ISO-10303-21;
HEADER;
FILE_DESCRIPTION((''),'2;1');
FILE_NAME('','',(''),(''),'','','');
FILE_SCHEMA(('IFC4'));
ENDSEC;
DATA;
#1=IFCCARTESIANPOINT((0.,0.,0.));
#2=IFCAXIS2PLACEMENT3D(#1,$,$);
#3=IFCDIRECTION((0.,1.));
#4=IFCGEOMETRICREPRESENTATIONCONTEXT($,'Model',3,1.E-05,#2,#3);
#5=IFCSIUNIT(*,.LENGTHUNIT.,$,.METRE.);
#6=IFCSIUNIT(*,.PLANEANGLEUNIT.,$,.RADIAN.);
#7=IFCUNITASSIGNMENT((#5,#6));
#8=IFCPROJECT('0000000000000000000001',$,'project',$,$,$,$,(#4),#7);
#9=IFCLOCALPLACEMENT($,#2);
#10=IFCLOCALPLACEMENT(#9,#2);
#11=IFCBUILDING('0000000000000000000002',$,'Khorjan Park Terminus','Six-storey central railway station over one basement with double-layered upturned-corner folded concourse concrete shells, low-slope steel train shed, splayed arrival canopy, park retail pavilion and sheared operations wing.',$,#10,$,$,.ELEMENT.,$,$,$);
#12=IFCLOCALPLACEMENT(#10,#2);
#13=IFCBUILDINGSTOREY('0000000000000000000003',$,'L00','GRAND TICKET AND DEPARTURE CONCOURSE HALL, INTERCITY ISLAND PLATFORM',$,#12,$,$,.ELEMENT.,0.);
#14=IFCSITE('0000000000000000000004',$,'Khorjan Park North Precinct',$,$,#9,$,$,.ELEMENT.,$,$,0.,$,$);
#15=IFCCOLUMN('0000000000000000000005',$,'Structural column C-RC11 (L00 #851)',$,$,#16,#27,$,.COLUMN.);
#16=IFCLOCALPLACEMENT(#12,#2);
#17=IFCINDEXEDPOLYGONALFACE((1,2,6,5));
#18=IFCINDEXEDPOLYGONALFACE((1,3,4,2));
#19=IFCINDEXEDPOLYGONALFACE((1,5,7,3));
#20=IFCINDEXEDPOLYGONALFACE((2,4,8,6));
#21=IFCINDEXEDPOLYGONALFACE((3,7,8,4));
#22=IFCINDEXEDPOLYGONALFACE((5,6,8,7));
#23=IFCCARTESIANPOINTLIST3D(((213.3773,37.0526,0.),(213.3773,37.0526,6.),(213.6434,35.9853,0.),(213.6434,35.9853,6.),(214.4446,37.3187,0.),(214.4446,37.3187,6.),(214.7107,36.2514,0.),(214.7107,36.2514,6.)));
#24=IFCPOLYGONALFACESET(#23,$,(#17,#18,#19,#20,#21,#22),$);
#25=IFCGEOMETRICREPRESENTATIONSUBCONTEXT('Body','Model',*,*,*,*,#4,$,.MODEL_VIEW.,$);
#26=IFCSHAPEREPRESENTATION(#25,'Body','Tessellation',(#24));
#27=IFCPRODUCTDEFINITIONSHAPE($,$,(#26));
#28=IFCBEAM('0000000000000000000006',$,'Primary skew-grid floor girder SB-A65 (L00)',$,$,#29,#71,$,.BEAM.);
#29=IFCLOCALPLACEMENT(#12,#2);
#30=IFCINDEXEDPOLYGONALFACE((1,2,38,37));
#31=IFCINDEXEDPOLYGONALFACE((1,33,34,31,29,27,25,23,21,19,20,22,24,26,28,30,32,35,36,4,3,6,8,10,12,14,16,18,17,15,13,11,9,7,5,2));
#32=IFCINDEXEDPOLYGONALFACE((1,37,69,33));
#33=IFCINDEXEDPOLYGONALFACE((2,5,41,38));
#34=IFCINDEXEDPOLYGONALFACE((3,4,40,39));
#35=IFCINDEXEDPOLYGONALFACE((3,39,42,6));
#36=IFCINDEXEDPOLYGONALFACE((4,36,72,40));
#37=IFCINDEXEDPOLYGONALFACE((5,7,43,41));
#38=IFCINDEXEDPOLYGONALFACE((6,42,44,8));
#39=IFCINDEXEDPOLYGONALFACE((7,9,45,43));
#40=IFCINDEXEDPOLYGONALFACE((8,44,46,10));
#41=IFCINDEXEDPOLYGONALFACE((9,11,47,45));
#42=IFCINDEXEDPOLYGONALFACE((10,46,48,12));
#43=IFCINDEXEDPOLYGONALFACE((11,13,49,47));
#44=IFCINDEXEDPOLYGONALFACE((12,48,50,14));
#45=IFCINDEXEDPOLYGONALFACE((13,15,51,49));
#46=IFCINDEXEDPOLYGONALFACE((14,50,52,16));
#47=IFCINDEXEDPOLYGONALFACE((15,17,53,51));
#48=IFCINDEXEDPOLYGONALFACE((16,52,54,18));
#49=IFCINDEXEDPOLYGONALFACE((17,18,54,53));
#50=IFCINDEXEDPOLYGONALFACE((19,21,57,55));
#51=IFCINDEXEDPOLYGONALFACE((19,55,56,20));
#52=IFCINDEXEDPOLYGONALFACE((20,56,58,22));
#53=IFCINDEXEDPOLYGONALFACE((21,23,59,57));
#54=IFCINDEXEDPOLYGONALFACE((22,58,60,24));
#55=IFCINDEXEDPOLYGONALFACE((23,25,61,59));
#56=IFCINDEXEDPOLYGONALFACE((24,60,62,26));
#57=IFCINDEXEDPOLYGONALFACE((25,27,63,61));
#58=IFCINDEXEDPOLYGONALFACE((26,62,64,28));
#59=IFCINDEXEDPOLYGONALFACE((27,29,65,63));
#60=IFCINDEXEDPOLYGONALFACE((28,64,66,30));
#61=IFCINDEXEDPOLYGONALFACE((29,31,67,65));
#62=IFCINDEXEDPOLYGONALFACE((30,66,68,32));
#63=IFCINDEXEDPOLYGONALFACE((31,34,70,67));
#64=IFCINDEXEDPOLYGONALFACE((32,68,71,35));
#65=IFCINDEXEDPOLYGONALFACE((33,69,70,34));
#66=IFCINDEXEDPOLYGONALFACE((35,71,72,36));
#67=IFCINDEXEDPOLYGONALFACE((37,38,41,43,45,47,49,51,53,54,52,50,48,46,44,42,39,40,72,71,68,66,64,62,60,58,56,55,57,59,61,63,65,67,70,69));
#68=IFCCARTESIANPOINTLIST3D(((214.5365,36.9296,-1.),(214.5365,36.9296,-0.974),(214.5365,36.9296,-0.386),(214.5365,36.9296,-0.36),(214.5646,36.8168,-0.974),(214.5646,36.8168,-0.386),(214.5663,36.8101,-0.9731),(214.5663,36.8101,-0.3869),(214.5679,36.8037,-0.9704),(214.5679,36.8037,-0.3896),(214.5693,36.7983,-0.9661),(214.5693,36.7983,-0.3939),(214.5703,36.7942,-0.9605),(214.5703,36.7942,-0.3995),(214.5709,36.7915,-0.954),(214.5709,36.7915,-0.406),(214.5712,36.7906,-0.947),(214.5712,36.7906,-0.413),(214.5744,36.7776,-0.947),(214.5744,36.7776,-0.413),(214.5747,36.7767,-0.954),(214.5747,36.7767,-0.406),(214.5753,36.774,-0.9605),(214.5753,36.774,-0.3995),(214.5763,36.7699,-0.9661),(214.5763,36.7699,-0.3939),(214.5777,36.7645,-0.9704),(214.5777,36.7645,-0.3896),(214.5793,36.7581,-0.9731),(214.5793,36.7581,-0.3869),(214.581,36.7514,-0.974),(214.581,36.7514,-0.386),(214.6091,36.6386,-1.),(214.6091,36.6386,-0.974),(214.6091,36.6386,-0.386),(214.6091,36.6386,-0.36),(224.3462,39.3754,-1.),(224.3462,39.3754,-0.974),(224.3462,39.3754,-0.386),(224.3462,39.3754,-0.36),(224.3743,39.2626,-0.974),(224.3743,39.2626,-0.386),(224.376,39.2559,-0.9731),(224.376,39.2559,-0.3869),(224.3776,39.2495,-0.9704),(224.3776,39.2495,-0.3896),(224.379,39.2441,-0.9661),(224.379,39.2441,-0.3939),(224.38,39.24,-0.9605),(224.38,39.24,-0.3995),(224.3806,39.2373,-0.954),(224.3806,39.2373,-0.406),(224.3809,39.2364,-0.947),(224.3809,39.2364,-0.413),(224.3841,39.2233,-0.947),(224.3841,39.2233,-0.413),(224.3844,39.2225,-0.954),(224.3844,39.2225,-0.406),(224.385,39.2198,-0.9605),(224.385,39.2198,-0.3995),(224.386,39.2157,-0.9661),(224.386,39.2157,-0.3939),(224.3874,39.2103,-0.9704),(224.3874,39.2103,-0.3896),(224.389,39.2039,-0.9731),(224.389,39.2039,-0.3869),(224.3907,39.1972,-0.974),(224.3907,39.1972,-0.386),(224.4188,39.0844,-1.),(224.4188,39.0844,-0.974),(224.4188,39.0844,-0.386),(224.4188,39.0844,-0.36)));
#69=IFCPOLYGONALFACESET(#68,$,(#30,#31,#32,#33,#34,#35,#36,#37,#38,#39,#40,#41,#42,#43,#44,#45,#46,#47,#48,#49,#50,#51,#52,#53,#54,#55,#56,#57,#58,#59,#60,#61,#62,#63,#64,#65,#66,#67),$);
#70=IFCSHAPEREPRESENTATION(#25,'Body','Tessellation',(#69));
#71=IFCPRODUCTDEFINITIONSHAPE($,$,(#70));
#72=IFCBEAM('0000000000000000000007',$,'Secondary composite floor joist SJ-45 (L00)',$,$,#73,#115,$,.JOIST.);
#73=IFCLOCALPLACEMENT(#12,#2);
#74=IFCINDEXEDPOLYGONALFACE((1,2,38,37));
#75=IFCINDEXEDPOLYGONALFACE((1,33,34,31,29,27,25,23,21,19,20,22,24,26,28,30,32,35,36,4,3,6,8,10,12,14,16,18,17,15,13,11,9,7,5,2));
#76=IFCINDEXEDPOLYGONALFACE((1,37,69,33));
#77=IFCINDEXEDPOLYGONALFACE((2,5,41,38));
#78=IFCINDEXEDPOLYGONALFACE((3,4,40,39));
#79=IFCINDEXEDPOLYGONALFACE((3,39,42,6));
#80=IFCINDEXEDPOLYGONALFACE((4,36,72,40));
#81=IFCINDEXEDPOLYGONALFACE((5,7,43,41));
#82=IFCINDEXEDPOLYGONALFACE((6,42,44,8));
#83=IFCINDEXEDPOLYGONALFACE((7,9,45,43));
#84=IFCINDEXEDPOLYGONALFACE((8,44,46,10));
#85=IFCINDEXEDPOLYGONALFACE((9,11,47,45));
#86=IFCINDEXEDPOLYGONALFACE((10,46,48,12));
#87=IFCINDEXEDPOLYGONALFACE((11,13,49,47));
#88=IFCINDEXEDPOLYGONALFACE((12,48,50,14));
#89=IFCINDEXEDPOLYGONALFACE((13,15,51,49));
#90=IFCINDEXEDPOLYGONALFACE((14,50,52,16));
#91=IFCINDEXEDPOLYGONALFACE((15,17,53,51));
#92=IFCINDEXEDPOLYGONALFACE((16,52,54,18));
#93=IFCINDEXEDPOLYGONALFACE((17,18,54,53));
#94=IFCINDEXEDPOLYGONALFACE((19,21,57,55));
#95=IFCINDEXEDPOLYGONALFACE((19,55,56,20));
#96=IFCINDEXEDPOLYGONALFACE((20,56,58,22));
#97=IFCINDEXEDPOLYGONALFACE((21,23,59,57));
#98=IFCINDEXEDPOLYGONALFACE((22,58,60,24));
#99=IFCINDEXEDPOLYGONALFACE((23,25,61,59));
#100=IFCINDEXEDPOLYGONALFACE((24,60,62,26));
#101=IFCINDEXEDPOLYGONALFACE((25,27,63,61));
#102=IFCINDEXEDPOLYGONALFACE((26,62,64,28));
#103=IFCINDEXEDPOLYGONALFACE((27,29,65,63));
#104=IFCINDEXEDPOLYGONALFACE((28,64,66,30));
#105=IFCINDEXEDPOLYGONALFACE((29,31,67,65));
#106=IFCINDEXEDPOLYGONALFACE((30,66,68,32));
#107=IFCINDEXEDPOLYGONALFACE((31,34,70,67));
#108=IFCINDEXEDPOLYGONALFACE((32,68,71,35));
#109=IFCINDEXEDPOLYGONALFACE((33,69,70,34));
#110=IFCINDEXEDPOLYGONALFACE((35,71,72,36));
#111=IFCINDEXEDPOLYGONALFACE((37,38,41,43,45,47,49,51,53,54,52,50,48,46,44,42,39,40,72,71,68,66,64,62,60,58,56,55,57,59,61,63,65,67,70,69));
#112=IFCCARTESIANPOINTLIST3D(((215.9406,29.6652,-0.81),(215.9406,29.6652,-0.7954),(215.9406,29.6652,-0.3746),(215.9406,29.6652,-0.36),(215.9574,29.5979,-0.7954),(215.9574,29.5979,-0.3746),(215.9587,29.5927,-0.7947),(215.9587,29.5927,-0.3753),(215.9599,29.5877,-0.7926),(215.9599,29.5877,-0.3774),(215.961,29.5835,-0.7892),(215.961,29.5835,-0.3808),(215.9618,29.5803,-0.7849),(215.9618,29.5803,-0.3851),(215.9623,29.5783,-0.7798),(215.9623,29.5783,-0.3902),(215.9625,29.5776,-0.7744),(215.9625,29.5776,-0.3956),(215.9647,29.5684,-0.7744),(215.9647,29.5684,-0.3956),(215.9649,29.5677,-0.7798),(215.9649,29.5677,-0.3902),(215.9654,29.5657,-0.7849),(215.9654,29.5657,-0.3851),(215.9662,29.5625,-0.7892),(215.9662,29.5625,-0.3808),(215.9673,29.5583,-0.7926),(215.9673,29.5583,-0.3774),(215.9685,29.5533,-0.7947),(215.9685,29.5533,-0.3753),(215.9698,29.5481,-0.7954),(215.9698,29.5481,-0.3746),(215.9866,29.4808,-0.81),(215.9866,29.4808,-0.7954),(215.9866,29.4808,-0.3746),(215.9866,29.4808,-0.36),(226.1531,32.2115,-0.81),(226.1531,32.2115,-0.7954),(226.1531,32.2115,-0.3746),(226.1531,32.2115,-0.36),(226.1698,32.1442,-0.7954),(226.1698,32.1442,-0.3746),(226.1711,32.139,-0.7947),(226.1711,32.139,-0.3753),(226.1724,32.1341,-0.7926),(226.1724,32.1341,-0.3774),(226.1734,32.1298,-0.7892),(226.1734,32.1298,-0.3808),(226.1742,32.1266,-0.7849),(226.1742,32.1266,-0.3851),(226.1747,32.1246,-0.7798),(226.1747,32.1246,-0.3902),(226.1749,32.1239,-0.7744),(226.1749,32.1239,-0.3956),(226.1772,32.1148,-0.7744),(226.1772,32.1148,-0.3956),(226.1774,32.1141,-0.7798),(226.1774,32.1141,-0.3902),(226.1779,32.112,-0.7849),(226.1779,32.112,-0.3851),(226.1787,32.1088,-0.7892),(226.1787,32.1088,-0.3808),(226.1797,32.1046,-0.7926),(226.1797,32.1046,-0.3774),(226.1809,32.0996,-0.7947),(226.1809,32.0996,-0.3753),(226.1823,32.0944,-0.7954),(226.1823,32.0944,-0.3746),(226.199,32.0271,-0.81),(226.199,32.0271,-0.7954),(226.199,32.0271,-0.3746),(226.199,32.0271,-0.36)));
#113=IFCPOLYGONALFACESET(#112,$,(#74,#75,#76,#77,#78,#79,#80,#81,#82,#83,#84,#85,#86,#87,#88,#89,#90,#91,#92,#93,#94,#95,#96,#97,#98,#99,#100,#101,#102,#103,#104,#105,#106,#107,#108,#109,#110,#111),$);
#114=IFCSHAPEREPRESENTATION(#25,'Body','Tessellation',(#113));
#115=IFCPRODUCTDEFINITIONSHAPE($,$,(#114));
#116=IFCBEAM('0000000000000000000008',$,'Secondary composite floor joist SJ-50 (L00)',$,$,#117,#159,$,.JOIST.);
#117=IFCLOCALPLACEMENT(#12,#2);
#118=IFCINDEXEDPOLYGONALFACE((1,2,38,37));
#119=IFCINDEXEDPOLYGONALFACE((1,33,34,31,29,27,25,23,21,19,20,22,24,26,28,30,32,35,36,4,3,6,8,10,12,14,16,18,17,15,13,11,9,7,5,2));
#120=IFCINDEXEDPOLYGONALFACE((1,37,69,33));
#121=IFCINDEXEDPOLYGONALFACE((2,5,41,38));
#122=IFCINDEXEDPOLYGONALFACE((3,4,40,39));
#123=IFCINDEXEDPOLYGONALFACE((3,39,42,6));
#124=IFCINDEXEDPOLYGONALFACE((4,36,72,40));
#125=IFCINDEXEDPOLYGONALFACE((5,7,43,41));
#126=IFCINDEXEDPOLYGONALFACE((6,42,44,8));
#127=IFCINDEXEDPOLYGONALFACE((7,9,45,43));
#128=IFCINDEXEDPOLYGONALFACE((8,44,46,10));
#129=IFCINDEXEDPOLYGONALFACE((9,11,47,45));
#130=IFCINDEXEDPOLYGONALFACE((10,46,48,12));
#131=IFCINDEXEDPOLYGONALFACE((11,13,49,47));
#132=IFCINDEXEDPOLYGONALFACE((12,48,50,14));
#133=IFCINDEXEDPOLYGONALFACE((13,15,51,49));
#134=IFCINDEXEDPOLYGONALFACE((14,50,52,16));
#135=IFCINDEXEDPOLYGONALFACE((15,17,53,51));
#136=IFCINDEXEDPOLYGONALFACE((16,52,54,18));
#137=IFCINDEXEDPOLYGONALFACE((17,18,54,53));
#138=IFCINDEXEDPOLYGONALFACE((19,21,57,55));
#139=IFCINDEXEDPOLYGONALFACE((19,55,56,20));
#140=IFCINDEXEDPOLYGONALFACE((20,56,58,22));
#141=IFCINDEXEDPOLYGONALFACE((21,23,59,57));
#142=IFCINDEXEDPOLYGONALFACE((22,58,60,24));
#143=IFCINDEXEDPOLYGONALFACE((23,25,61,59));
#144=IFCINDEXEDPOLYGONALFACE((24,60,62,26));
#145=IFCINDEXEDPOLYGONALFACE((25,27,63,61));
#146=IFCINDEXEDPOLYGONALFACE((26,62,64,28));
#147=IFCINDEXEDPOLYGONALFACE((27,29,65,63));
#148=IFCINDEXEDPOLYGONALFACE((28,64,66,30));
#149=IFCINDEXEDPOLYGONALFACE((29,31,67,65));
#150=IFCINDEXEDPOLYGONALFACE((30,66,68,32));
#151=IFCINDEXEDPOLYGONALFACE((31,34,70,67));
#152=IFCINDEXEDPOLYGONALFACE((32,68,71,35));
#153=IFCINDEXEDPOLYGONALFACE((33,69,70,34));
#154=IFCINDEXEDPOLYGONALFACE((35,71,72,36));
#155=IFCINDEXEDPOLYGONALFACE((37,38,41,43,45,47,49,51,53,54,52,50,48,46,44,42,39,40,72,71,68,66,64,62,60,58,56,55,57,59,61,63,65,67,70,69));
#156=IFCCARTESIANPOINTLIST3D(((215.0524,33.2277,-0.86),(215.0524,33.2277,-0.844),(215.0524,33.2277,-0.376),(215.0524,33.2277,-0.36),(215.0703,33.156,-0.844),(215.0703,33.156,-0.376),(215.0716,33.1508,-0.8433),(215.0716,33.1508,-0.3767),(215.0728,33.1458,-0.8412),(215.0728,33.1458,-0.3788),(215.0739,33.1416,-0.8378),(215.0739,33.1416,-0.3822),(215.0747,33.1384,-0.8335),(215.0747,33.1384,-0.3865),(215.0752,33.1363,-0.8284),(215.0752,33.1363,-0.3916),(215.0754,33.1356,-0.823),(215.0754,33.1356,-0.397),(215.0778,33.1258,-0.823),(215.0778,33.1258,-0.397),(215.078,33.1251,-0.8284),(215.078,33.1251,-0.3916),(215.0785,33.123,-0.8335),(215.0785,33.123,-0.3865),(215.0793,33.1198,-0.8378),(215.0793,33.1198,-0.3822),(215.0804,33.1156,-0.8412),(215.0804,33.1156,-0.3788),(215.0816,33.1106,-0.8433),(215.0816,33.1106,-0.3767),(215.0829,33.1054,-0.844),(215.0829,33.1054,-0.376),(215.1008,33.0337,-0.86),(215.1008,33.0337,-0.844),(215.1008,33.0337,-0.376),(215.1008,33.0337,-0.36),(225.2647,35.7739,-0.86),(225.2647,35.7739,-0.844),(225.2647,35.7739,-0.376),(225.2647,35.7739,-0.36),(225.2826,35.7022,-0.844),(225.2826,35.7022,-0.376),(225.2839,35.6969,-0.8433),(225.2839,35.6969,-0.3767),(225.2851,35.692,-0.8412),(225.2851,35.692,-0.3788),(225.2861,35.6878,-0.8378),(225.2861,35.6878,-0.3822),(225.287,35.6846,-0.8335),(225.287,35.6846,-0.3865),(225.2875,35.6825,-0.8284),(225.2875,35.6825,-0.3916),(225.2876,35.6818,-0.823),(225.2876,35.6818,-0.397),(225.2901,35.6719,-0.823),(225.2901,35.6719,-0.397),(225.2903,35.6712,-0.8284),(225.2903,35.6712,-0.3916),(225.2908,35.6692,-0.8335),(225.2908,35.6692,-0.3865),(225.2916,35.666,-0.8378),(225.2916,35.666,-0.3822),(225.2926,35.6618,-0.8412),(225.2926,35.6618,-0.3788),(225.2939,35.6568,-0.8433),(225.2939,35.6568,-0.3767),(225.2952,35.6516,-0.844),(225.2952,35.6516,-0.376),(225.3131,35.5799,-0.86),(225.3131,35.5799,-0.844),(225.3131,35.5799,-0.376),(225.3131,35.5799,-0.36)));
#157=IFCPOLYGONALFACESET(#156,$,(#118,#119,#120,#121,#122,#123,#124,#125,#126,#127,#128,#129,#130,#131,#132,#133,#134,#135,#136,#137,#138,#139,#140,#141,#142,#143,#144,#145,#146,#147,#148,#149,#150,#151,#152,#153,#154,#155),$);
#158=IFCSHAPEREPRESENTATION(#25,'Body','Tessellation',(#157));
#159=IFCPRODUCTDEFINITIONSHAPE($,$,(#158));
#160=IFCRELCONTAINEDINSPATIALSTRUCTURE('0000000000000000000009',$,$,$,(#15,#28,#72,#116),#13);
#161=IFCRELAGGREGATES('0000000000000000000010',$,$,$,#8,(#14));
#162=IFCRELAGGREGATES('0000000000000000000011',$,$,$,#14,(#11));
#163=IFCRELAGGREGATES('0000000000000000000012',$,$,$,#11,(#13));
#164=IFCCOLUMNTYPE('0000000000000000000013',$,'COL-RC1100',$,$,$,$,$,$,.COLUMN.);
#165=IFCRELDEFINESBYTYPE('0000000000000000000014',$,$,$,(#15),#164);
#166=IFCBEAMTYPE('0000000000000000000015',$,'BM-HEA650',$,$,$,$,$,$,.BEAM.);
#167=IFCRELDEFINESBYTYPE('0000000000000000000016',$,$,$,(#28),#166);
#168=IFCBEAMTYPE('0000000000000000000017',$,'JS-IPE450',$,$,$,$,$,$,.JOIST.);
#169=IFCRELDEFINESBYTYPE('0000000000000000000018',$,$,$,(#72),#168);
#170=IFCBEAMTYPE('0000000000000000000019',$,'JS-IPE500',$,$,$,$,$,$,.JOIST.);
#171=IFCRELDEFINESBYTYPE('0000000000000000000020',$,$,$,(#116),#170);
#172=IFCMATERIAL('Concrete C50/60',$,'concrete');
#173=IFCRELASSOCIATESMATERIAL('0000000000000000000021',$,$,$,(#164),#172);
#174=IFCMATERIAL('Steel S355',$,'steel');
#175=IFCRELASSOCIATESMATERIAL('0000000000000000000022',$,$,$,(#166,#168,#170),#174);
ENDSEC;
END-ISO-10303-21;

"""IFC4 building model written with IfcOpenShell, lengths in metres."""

from ifc_helpers import new_model, si_unit, direction, frame, origin, origin_2d, place, context, subcontext, project, spatial, rectangle, i_section, extrude, material, material_profile, profile_set, type_object, element, save


model = new_model("IFC4")

# Units and contexts
model_context = context("Model", 3, precision=1e-05, world=origin(), true_north=direction((0.0, 1.0)))
body_context = subcontext(model_context, "Body", "Model", "MODEL_VIEW")
ifc_project = project(units=[si_unit("LENGTHUNIT", "METRE"), si_unit("PLANEANGLEUNIT", "RADIAN")], contexts=[model_context])

# Site, building, storey
site_placement = place(None, origin())
site = spatial("IfcSite", under=ifc_project, at=site_placement, Name="Khorjan Park North Precinct", CompositionType="ELEMENT", RefElevation=0.0)
building_placement = place(site_placement, origin())
building = spatial("IfcBuilding", under=site, at=building_placement, Name="Khorjan Park Terminus", Description="Six-storey central railway station over one basement with double-layered upturned-corner folded concourse concrete shells, low-slope steel train shed, splayed arrival canopy, park retail pavilion and sheared operations wing.", CompositionType="ELEMENT")
storey_placement = place(building_placement, origin())
storey = spatial("IfcBuildingStorey", under=building, at=storey_placement, Name="L00", Description="GRAND TICKET AND DEPARTURE CONCOURSE HALL, INTERCITY ISLAND PLATFORM", CompositionType="ELEMENT", Elevation=0.0)

# Column
ifc_material_1 = material(Name="Concrete C50/60", Category="concrete")
ifc_material_profile_1 = material_profile(ifc_material_1, rectangle(XDim=1.1, YDim=1.1, at=origin_2d()), Name="RC 1100x1100")
ifc_profile_set_1 = profile_set([ifc_material_profile_1], Name="Concrete C50/60")
column_type = type_object("IfcColumnType", Name="COL-RC1100", PredefinedType="COLUMN", material=ifc_profile_set_1)
column_placement = place(storey_placement, frame((214.044, 36.652, 0.0), z_axis=(0.0, 0.0, 1.0), x_axis=(0.970296, 0.241922, 0.0)))
element("IfcColumn", 1, at=column_placement, inside=storey, type_object=column_type, Name="Structural column C-RC11 (L00 #851)", PredefinedType="COLUMN", context=body_context, shape_type="SweptSolid", body=[
    extrude(rectangle(XDim=1.1, YDim=1.1, at=origin_2d()), origin(), (0.0, 0.0, 1.0), 6.0),
])

# Beams
ifc_material_2 = material(Name="Steel S355", Category="steel")
ifc_material_profile_2 = material_profile(ifc_material_2, i_section(OverallWidth=0.3, OverallDepth=0.64, WebThickness=0.0135, FlangeThickness=0.026, FilletRadius=0.027, at=origin_2d()), Name="HEA 650")
ifc_profile_set_2 = profile_set([ifc_material_profile_2], Name="Steel S355")
beam_type_1 = type_object("IfcBeamType", Name="BM-HEA650", PredefinedType="BEAM", material=ifc_profile_set_2)
beam_1_placement = place(storey_placement, frame((214.5728, 36.7841, -0.68), z_axis=(0.970296, 0.241919, 0.0), x_axis=(-0.241919, 0.970296, 0.0)))
element("IfcBeam", 2, at=beam_1_placement, inside=storey, type_object=beam_type_1, Name="Primary skew-grid floor girder SB-A65 (L00)", PredefinedType="BEAM", context=body_context, shape_type="SweptSolid", body=[
    extrude(i_section(OverallWidth=0.3, OverallDepth=0.64, WebThickness=0.0135, FlangeThickness=0.026, FilletRadius=0.027, at=origin_2d()), origin(), (0.0, 0.0, 1.0), 10.11),
])
ifc_material_profile_3 = material_profile(ifc_material_2, i_section(OverallWidth=0.19, OverallDepth=0.45, WebThickness=0.0094, FlangeThickness=0.0146, FilletRadius=0.021, at=origin_2d()), Name="IPE 450")
ifc_profile_set_3 = profile_set([ifc_material_profile_3], Name="Steel S355")
beam_type_2 = type_object("IfcBeamType", Name="JS-IPE450", PredefinedType="JOIST", material=ifc_profile_set_3)
beam_2_placement = place(storey_placement, frame((215.9636, 29.573, -0.585), z_axis=(0.970294, 0.241928, 0.0), x_axis=(-0.241928, 0.970294, 0.0)))
element("IfcBeam", 3, at=beam_2_placement, inside=storey, type_object=beam_type_2, Name="Secondary composite floor joist SJ-45 (L00)", PredefinedType="JOIST", context=body_context, shape_type="SweptSolid", body=[
    extrude(i_section(OverallWidth=0.19, OverallDepth=0.45, WebThickness=0.0094, FlangeThickness=0.0146, FilletRadius=0.021, at=origin_2d()), origin(), (0.0, 0.0, 1.0), 10.5251),
])
ifc_material_profile_4 = material_profile(ifc_material_2, i_section(OverallWidth=0.2, OverallDepth=0.5, WebThickness=0.0102, FlangeThickness=0.016, FilletRadius=0.021, at=origin_2d()), Name="IPE 500")
ifc_profile_set_4 = profile_set([ifc_material_profile_4], Name="Steel S355")
beam_type_3 = type_object("IfcBeamType", Name="JS-IPE500", PredefinedType="JOIST", material=ifc_profile_set_4)
beam_3_placement = place(storey_placement, frame((215.0766, 33.1307, -0.61), z_axis=(0.970296, 0.241921, 0.0), x_axis=(-0.241921, 0.970296, 0.0)))
element("IfcBeam", 4, at=beam_3_placement, inside=storey, type_object=beam_type_3, Name="Secondary composite floor joist SJ-50 (L00)", PredefinedType="JOIST", context=body_context, shape_type="SweptSolid", body=[
    extrude(i_section(OverallWidth=0.2, OverallDepth=0.5, WebThickness=0.0102, FlangeThickness=0.016, FilletRadius=0.021, at=origin_2d()), origin(), (0.0, 0.0, 1.0), 10.5249),
])

save(model, "model.ifc")
